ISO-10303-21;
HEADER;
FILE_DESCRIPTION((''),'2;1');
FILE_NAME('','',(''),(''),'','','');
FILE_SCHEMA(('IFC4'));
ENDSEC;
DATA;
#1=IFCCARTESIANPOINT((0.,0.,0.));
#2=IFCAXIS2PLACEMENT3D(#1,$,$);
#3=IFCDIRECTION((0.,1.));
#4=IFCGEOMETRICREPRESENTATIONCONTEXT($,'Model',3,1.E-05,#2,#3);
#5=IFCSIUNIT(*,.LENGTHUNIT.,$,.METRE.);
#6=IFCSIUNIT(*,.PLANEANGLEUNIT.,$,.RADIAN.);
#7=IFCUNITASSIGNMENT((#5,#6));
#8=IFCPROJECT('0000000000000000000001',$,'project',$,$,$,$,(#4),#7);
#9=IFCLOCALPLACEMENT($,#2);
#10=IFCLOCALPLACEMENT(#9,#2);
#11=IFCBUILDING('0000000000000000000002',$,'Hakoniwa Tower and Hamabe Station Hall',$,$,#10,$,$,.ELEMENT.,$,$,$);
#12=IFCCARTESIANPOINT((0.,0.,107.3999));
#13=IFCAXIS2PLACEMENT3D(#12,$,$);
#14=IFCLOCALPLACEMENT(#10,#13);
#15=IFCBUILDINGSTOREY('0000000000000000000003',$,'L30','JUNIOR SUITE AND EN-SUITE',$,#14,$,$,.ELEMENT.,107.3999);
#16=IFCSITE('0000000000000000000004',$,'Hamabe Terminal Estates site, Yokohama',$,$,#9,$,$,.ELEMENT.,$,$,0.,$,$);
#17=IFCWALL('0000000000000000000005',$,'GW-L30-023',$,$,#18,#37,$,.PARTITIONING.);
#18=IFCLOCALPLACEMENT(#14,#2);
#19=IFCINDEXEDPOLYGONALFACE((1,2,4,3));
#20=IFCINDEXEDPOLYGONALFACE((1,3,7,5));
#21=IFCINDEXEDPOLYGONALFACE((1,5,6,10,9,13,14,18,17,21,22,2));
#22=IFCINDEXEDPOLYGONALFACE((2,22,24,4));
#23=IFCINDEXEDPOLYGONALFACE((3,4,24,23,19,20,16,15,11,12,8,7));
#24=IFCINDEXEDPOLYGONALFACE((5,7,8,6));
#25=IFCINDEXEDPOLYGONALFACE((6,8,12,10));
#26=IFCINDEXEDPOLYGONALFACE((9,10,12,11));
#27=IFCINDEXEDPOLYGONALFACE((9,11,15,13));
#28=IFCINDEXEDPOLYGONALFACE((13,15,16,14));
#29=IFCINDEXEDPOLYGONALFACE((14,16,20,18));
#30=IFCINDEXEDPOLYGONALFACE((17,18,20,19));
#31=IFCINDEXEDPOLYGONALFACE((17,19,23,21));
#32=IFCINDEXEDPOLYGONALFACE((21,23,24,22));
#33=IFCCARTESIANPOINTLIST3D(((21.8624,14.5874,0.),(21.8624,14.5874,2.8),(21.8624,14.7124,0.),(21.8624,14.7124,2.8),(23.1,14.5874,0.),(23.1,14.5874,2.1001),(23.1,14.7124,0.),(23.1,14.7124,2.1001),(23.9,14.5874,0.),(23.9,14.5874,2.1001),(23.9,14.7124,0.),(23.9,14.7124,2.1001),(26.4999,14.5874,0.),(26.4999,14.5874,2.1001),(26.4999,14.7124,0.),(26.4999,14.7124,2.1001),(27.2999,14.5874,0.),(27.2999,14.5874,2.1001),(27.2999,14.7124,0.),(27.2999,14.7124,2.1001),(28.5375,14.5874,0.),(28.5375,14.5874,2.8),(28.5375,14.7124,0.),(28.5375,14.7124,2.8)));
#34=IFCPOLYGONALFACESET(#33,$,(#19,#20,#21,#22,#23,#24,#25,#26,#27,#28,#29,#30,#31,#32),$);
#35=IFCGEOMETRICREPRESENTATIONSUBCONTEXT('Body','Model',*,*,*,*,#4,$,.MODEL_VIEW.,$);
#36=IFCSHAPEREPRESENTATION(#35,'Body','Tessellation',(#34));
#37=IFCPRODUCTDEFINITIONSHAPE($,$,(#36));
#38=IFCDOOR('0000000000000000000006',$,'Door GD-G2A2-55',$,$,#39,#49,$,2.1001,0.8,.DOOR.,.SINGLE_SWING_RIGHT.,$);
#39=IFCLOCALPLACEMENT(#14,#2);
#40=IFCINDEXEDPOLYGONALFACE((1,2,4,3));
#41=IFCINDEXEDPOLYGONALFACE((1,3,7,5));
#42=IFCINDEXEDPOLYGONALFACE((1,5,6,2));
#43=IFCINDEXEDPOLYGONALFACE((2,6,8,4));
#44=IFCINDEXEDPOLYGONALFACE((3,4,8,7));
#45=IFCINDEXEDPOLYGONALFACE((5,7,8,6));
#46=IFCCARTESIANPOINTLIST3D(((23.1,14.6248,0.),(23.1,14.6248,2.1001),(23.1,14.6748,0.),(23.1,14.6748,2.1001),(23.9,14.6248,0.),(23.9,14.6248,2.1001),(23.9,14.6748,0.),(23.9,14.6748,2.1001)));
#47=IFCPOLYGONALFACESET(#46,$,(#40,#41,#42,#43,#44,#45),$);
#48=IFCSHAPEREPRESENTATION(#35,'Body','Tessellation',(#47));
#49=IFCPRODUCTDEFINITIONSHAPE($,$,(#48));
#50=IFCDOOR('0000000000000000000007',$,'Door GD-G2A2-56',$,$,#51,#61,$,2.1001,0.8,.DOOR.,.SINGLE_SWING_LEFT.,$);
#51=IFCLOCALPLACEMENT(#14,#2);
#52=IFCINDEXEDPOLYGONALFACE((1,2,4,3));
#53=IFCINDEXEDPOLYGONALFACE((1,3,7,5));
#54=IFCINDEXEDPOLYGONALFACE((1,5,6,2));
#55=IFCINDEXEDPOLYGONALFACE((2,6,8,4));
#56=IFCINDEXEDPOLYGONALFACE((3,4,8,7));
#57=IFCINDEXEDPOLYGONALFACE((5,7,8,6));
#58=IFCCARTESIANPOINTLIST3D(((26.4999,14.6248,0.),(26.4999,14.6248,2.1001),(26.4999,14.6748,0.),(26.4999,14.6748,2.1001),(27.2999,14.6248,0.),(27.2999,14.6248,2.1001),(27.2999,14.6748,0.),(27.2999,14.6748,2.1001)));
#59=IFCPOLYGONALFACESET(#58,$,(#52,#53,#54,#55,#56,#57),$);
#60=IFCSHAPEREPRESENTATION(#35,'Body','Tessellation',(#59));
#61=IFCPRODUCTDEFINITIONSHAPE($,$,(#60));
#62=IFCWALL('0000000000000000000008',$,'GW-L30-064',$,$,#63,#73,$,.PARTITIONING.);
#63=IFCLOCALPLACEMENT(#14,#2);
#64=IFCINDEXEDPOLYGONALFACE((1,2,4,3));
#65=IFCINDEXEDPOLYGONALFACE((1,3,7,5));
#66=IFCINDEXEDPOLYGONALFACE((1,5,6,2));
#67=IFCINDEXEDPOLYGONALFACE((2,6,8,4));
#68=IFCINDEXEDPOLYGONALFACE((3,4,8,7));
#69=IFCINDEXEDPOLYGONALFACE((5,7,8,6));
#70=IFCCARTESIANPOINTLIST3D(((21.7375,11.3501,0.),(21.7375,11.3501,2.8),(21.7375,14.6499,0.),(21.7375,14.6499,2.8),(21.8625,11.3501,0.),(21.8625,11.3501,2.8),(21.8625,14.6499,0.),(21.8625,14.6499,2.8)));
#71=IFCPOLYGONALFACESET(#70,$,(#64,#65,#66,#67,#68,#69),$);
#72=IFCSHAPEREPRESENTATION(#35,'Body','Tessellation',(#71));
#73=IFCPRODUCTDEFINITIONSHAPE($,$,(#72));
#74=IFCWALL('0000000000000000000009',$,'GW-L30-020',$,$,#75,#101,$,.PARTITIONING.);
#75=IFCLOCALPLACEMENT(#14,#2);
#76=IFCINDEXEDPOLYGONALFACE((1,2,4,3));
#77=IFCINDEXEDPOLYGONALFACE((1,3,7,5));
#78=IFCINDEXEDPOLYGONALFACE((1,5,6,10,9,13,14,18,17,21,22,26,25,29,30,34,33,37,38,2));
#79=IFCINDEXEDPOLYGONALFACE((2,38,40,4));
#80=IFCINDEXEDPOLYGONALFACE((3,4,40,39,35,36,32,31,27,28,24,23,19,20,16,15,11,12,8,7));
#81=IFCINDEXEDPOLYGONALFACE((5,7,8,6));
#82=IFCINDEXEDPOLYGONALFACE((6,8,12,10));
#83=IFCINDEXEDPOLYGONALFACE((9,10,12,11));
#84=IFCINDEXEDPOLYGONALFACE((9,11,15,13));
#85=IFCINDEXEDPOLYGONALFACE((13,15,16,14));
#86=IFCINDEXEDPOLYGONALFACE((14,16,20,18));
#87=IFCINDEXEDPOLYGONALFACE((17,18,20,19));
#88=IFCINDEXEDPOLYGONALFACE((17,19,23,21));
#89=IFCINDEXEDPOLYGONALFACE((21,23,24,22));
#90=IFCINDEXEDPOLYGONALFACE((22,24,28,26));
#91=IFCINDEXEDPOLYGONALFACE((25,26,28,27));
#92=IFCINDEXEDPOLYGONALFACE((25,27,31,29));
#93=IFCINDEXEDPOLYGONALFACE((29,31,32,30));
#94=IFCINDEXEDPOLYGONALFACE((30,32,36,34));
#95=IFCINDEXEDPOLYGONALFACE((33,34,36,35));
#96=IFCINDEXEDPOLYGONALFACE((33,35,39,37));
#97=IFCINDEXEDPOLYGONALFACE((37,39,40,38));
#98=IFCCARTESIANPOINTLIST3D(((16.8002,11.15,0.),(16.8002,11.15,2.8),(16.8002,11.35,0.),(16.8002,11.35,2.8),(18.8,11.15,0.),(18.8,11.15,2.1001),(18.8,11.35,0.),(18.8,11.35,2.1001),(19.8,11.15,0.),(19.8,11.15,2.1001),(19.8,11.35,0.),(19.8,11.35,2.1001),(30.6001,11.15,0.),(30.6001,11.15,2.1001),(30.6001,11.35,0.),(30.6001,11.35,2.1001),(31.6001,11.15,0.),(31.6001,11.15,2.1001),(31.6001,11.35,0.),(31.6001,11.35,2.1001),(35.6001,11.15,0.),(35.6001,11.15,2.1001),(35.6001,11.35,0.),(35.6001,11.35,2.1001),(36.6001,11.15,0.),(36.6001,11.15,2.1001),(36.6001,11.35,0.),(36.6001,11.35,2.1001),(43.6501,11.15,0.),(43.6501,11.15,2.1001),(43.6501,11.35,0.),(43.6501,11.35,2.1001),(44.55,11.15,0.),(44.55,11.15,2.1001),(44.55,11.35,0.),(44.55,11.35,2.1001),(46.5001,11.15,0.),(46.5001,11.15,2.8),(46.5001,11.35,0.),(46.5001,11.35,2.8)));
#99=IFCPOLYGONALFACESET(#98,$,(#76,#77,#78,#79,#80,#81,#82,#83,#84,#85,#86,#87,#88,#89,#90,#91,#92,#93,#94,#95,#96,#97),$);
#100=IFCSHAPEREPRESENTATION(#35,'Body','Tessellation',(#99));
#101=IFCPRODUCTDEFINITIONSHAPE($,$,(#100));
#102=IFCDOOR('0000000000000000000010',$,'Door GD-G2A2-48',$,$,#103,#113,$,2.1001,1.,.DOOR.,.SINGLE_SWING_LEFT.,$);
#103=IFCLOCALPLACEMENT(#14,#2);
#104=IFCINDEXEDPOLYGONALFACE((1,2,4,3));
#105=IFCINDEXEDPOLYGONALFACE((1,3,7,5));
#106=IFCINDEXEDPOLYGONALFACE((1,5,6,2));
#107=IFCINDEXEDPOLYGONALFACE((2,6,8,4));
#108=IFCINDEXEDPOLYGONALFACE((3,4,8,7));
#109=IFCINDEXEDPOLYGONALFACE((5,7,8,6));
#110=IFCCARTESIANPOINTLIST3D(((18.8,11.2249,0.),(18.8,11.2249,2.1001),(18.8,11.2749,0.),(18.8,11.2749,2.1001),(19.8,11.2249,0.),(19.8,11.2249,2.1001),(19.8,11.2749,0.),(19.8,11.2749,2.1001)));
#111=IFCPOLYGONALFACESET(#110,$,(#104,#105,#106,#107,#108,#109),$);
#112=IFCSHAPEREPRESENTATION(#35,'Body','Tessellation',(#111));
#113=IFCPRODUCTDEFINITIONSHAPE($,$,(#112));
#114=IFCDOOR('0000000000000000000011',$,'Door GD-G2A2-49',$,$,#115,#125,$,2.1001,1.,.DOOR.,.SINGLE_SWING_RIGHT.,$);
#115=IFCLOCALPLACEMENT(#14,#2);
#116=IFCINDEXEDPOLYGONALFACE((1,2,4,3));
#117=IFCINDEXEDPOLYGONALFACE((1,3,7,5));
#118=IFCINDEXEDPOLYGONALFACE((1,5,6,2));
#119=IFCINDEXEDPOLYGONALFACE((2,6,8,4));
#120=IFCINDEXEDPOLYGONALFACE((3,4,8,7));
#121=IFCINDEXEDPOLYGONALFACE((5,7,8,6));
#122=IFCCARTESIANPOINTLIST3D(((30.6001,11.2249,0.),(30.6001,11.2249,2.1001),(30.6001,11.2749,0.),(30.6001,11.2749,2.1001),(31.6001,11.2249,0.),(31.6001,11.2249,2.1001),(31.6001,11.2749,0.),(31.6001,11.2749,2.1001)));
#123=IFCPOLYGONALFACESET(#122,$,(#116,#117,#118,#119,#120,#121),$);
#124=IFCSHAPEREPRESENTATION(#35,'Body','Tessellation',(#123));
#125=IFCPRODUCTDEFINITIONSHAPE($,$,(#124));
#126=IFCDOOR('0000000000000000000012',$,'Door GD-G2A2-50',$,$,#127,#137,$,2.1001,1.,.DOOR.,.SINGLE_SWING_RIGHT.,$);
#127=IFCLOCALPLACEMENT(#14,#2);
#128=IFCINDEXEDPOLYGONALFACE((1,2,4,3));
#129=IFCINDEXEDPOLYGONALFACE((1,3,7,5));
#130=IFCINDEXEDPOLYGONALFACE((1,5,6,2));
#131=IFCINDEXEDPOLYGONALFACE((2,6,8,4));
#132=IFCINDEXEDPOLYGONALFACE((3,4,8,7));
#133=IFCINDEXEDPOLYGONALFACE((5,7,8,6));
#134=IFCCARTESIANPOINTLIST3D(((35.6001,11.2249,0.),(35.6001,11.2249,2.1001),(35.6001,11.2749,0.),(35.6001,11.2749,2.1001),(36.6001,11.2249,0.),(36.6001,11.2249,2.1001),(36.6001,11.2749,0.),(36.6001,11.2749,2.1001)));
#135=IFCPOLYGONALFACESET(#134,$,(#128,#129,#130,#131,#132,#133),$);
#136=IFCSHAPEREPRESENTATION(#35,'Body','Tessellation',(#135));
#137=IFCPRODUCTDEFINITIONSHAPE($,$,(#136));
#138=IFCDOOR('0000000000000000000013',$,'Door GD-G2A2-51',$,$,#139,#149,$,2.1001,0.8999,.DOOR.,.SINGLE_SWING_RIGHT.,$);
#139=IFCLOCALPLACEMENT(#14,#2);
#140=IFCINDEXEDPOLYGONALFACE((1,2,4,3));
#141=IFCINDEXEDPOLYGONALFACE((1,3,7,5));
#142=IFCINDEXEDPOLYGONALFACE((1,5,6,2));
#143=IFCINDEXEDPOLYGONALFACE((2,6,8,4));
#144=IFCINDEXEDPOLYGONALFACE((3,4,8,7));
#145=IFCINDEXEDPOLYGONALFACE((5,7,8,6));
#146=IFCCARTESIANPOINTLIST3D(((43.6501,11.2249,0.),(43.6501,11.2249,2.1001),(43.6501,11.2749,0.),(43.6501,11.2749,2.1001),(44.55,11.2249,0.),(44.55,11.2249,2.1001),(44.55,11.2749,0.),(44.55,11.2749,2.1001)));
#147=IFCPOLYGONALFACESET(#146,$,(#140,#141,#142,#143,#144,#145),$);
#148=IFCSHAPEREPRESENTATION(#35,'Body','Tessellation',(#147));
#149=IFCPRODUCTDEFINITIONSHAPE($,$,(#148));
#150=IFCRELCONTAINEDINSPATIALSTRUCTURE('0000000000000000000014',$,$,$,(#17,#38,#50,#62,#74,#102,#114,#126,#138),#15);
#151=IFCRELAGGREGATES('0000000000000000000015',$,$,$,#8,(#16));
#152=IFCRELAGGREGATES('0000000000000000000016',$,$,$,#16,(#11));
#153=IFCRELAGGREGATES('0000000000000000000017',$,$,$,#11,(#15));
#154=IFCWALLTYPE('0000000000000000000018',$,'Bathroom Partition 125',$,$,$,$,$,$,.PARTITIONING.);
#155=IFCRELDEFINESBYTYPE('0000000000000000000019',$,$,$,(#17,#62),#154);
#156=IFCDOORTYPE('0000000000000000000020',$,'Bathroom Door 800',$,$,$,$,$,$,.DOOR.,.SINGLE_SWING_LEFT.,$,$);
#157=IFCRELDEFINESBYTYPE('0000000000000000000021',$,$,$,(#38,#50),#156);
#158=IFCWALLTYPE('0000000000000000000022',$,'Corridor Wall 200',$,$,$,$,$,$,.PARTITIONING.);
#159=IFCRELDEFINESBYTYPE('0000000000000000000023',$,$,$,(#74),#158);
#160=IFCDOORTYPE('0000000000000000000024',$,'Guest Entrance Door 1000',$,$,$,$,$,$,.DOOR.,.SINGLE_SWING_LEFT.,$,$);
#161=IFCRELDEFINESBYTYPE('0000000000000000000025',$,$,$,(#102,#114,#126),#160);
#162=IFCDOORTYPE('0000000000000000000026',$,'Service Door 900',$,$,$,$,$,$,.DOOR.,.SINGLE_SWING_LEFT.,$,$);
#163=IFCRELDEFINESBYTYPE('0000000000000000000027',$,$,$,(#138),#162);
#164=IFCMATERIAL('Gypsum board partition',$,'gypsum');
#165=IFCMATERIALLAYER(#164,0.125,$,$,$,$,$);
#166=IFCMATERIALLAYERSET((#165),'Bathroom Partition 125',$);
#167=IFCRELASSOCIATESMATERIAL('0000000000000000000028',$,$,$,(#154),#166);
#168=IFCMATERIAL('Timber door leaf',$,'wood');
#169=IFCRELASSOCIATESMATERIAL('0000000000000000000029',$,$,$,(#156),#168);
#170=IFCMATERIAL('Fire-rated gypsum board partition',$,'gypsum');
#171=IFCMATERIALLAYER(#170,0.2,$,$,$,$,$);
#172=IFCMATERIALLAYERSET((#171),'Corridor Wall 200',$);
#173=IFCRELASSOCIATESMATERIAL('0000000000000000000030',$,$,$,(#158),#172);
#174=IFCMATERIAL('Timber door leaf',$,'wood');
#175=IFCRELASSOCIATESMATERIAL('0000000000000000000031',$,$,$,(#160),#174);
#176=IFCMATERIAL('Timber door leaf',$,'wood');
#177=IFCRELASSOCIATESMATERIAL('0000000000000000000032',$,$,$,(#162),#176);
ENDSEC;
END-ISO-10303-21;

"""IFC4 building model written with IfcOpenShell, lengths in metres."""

from ifc_helpers import new_model, si_unit, direction, frame, frame_2d, origin, place, context, subcontext, project, spatial, rectangle, extrude, material, layer, layer_set, type_object, element, fill, save


model = new_model("IFC4")

# Units and contexts
model_context = context("Model", 3, precision=1e-05, world=origin(), true_north=direction((0.0, 1.0)))
body_context = subcontext(model_context, "Body", "Model", "MODEL_VIEW")
ifc_project = project(units=[si_unit("LENGTHUNIT", "METRE"), si_unit("PLANEANGLEUNIT", "RADIAN")], contexts=[model_context])

# Site, building, storey
site_placement = place(None, origin())
site = spatial("IfcSite", under=ifc_project, at=site_placement, Name="Hamabe Terminal Estates site, Yokohama", CompositionType="ELEMENT", RefElevation=0.0)
building_placement = place(site_placement, origin())
building = spatial("IfcBuilding", under=site, at=building_placement, Name="Hakoniwa Tower and Hamabe Station Hall", CompositionType="ELEMENT")
storey_placement = place(building_placement, frame((0.0, 0.0, 107.3999)))
storey = spatial("IfcBuildingStorey", under=building, at=storey_placement, Name="L30", Description="JUNIOR SUITE AND EN-SUITE", CompositionType="ELEMENT", Elevation=107.3999)

# Wall, openings, doors
ifc_material_1 = material(Name="Gypsum board partition", Category="gypsum")
ifc_layer_1 = layer(ifc_material_1, 0.125)
ifc_layer_set_1 = layer_set([ifc_layer_1], Name="Bathroom Partition 125")
wall_type_1 = type_object("IfcWallType", Name="Bathroom Partition 125", PredefinedType="PARTITIONING", material=ifc_layer_set_1)
wall_1_placement = place(storey_placement, frame((21.8625, 14.6499, 0.0), z_axis=(0.0, 0.0, 1.0), x_axis=(1.0, 0.0, 0.0)))
wall_1 = element("IfcWall", 1, at=wall_1_placement, inside=storey, type_object=wall_type_1, Name="GW-L30-023", PredefinedType="PARTITIONING", context=body_context, shape_type="SweptSolid", body=[
    extrude(rectangle(XDim=6.675, YDim=0.125, at=frame_2d((3.3374, 0.0))), origin(), (0.0, 0.0, 1.0), 2.8),
])
opening_1_placement = place(wall_1_placement, frame((1.2375, 0.0, 0.0)))
opening_1 = element("IfcOpeningElement", 2, at=opening_1_placement, cuts=wall_1, PredefinedType="OPENING", context=body_context, shape_type="SweptSolid", body=[
    extrude(rectangle(XDim=0.8, YDim=2.1001, at=frame_2d((0.3999, 1.05))), frame((0.0, 0.0725, 0.0), z_axis=(0.0, -1.0, 0.0), x_axis=(1.0, 0.0, 0.0)), (0.0, 0.0, 1.0), 0.145),
])
opening_2_placement = place(wall_1_placement, frame((4.6375, 0.0, 0.0)))
opening_2 = element("IfcOpeningElement", 3, at=opening_2_placement, cuts=wall_1, PredefinedType="OPENING", context=body_context, shape_type="SweptSolid", body=[
    extrude(rectangle(XDim=0.8, YDim=2.1001, at=frame_2d((0.3999, 1.05))), frame((0.0, 0.0725, 0.0), z_axis=(0.0, -1.0, 0.0), x_axis=(1.0, 0.0, 0.0)), (0.0, 0.0, 1.0), 0.145),
])
ifc_material_2 = material(Name="Timber door leaf", Category="wood")
door_type_1 = type_object("IfcDoorType", Name="Bathroom Door 800", OperationType="SINGLE_SWING_LEFT", PredefinedType="DOOR", material=ifc_material_2)
door_1_placement = place(opening_1_placement, origin())
door_1 = element("IfcDoor", 4, at=door_1_placement, inside=storey, type_object=door_type_1, Name="Door GD-G2A2-55", OperationType="SINGLE_SWING_RIGHT", OverallHeight=2.1001, OverallWidth=0.8, PredefinedType="DOOR", context=body_context, shape_type="SweptSolid", body=[
    extrude(rectangle(XDim=0.8, YDim=2.1001, at=frame_2d((0.3999, 1.05))), frame((0.0, 0.0249, 0.0), z_axis=(0.0, -1.0, 0.0), x_axis=(1.0, 0.0, 0.0)), (0.0, 0.0, 1.0), 0.05),
])
fill(opening_1, door_1)
door_2_placement = place(opening_2_placement, origin())
door_2 = element("IfcDoor", 5, at=door_2_placement, inside=storey, type_object=door_type_1, Name="Door GD-G2A2-56", OperationType="SINGLE_SWING_LEFT", OverallHeight=2.1001, OverallWidth=0.8, PredefinedType="DOOR", context=body_context, shape_type="SweptSolid", body=[
    extrude(rectangle(XDim=0.8, YDim=2.1001, at=frame_2d((0.3999, 1.05))), frame((0.0, 0.0249, 0.0), z_axis=(0.0, -1.0, 0.0), x_axis=(1.0, 0.0, 0.0)), (0.0, 0.0, 1.0), 0.05),
])
fill(opening_2, door_2)

# Wall
wall_2_placement = place(storey_placement, frame((21.8, 11.3501, 0.0), z_axis=(0.0, 0.0, 1.0), x_axis=(0.0, 1.0, 0.0)))
element("IfcWall", 6, at=wall_2_placement, inside=storey, type_object=wall_type_1, Name="GW-L30-064", PredefinedType="PARTITIONING", context=body_context, shape_type="SweptSolid", body=[
    extrude(rectangle(XDim=3.2998, YDim=0.125, at=frame_2d((1.6499, 0.0))), origin(), (0.0, 0.0, 1.0), 2.8),
])

# Wall, openings, doors
ifc_material_3 = material(Name="Fire-rated gypsum board partition", Category="gypsum")
ifc_layer_2 = layer(ifc_material_3, 0.2)
ifc_layer_set_2 = layer_set([ifc_layer_2], Name="Corridor Wall 200")
wall_type_2 = type_object("IfcWallType", Name="Corridor Wall 200", PredefinedType="PARTITIONING", material=ifc_layer_set_2)
wall_3_placement = place(storey_placement, frame((16.8, 11.25, 0.0), z_axis=(0.0, 0.0, 1.0), x_axis=(1.0, 0.0, 0.0)))
wall_3 = element("IfcWall", 7, at=wall_3_placement, inside=storey, type_object=wall_type_2, Name="GW-L30-020", PredefinedType="PARTITIONING", context=body_context, shape_type="SweptSolid", body=[
    extrude(rectangle(XDim=29.7, YDim=0.2, at=frame_2d((14.8501, 0.0))), origin(), (0.0, 0.0, 1.0), 2.8),
])
opening_3_placement = place(wall_3_placement, frame((2.0, 0.0, 0.0)))
opening_3 = element("IfcOpeningElement", 8, at=opening_3_placement, cuts=wall_3, PredefinedType="OPENING", context=body_context, shape_type="SweptSolid", body=[
    extrude(rectangle(XDim=1.0, YDim=2.1001, at=frame_2d((0.5, 1.05))), frame((0.0, 0.1099, 0.0), z_axis=(0.0, -1.0, 0.0), x_axis=(1.0, 0.0, 0.0)), (0.0, 0.0, 1.0), 0.22),
])
opening_4_placement = place(wall_3_placement, frame((13.8, 0.0, 0.0)))
opening_4 = element("IfcOpeningElement", 9, at=opening_4_placement, cuts=wall_3, PredefinedType="OPENING", context=body_context, shape_type="SweptSolid", body=[
    extrude(rectangle(XDim=1.0, YDim=2.1001, at=frame_2d((0.5, 1.05))), frame((0.0, 0.1099, 0.0), z_axis=(0.0, -1.0, 0.0), x_axis=(1.0, 0.0, 0.0)), (0.0, 0.0, 1.0), 0.22),
])
opening_5_placement = place(wall_3_placement, frame((18.8, 0.0, 0.0)))
opening_5 = element("IfcOpeningElement", 10, at=opening_5_placement, cuts=wall_3, PredefinedType="OPENING", context=body_context, shape_type="SweptSolid", body=[
    extrude(rectangle(XDim=1.0, YDim=2.1001, at=frame_2d((0.5, 1.05))), frame((0.0, 0.1099, 0.0), z_axis=(0.0, -1.0, 0.0), x_axis=(1.0, 0.0, 0.0)), (0.0, 0.0, 1.0), 0.22),
])
opening_6_placement = place(wall_3_placement, frame((26.8501, 0.0, 0.0)))
opening_6 = element("IfcOpeningElement", 11, at=opening_6_placement, cuts=wall_3, PredefinedType="OPENING", context=body_context, shape_type="SweptSolid", body=[
    extrude(rectangle(XDim=0.8999, YDim=2.1001, at=frame_2d((0.45, 1.05))), frame((0.0, 0.1099, 0.0), z_axis=(0.0, -1.0, 0.0), x_axis=(1.0, 0.0, 0.0)), (0.0, 0.0, 1.0), 0.22),
])
ifc_material_4 = material(Name="Timber door leaf", Category="wood")
door_type_2 = type_object("IfcDoorType", Name="Guest Entrance Door 1000", OperationType="SINGLE_SWING_LEFT", PredefinedType="DOOR", material=ifc_material_4)
door_3_placement = place(opening_3_placement, origin())
door_3 = element("IfcDoor", 12, at=door_3_placement, inside=storey, type_object=door_type_2, Name="Door GD-G2A2-48", OperationType="SINGLE_SWING_LEFT", OverallHeight=2.1001, OverallWidth=1.0, PredefinedType="DOOR", context=body_context, shape_type="SweptSolid", body=[
    extrude(rectangle(XDim=1.0, YDim=2.1001, at=frame_2d((0.5, 1.05))), frame((0.0, 0.0249, 0.0), z_axis=(0.0, -1.0, 0.0), x_axis=(1.0, 0.0, 0.0)), (0.0, 0.0, 1.0), 0.05),
])
fill(opening_3, door_3)
door_4_placement = place(opening_4_placement, origin())
door_4 = element("IfcDoor", 13, at=door_4_placement, inside=storey, type_object=door_type_2, Name="Door GD-G2A2-49", OperationType="SINGLE_SWING_RIGHT", OverallHeight=2.1001, OverallWidth=1.0, PredefinedType="DOOR", context=body_context, shape_type="SweptSolid", body=[
    extrude(rectangle(XDim=1.0, YDim=2.1001, at=frame_2d((0.5, 1.05))), frame((0.0, 0.0249, 0.0), z_axis=(0.0, -1.0, 0.0), x_axis=(1.0, 0.0, 0.0)), (0.0, 0.0, 1.0), 0.05),
])
fill(opening_4, door_4)
door_5_placement = place(opening_5_placement, origin())
door_5 = element("IfcDoor", 14, at=door_5_placement, inside=storey, type_object=door_type_2, Name="Door GD-G2A2-50", OperationType="SINGLE_SWING_RIGHT", OverallHeight=2.1001, OverallWidth=1.0, PredefinedType="DOOR", context=body_context, shape_type="SweptSolid", body=[
    extrude(rectangle(XDim=1.0, YDim=2.1001, at=frame_2d((0.5, 1.05))), frame((0.0, 0.0249, 0.0), z_axis=(0.0, -1.0, 0.0), x_axis=(1.0, 0.0, 0.0)), (0.0, 0.0, 1.0), 0.05),
])
fill(opening_5, door_5)
ifc_material_5 = material(Name="Timber door leaf", Category="wood")
door_type_3 = type_object("IfcDoorType", Name="Service Door 900", OperationType="SINGLE_SWING_LEFT", PredefinedType="DOOR", material=ifc_material_5)
door_6_placement = place(opening_6_placement, origin())
door_6 = element("IfcDoor", 15, at=door_6_placement, inside=storey, type_object=door_type_3, Name="Door GD-G2A2-51", OperationType="SINGLE_SWING_RIGHT", OverallHeight=2.1001, OverallWidth=0.8999, PredefinedType="DOOR", context=body_context, shape_type="SweptSolid", body=[
    extrude(rectangle(XDim=0.8999, YDim=2.1001, at=frame_2d((0.45, 1.05))), frame((0.0, 0.0249, 0.0), z_axis=(0.0, -1.0, 0.0), x_axis=(1.0, 0.0, 0.0)), (0.0, 0.0, 1.0), 0.05),
])
fill(opening_6, door_6)

save(model, "model.ifc")
